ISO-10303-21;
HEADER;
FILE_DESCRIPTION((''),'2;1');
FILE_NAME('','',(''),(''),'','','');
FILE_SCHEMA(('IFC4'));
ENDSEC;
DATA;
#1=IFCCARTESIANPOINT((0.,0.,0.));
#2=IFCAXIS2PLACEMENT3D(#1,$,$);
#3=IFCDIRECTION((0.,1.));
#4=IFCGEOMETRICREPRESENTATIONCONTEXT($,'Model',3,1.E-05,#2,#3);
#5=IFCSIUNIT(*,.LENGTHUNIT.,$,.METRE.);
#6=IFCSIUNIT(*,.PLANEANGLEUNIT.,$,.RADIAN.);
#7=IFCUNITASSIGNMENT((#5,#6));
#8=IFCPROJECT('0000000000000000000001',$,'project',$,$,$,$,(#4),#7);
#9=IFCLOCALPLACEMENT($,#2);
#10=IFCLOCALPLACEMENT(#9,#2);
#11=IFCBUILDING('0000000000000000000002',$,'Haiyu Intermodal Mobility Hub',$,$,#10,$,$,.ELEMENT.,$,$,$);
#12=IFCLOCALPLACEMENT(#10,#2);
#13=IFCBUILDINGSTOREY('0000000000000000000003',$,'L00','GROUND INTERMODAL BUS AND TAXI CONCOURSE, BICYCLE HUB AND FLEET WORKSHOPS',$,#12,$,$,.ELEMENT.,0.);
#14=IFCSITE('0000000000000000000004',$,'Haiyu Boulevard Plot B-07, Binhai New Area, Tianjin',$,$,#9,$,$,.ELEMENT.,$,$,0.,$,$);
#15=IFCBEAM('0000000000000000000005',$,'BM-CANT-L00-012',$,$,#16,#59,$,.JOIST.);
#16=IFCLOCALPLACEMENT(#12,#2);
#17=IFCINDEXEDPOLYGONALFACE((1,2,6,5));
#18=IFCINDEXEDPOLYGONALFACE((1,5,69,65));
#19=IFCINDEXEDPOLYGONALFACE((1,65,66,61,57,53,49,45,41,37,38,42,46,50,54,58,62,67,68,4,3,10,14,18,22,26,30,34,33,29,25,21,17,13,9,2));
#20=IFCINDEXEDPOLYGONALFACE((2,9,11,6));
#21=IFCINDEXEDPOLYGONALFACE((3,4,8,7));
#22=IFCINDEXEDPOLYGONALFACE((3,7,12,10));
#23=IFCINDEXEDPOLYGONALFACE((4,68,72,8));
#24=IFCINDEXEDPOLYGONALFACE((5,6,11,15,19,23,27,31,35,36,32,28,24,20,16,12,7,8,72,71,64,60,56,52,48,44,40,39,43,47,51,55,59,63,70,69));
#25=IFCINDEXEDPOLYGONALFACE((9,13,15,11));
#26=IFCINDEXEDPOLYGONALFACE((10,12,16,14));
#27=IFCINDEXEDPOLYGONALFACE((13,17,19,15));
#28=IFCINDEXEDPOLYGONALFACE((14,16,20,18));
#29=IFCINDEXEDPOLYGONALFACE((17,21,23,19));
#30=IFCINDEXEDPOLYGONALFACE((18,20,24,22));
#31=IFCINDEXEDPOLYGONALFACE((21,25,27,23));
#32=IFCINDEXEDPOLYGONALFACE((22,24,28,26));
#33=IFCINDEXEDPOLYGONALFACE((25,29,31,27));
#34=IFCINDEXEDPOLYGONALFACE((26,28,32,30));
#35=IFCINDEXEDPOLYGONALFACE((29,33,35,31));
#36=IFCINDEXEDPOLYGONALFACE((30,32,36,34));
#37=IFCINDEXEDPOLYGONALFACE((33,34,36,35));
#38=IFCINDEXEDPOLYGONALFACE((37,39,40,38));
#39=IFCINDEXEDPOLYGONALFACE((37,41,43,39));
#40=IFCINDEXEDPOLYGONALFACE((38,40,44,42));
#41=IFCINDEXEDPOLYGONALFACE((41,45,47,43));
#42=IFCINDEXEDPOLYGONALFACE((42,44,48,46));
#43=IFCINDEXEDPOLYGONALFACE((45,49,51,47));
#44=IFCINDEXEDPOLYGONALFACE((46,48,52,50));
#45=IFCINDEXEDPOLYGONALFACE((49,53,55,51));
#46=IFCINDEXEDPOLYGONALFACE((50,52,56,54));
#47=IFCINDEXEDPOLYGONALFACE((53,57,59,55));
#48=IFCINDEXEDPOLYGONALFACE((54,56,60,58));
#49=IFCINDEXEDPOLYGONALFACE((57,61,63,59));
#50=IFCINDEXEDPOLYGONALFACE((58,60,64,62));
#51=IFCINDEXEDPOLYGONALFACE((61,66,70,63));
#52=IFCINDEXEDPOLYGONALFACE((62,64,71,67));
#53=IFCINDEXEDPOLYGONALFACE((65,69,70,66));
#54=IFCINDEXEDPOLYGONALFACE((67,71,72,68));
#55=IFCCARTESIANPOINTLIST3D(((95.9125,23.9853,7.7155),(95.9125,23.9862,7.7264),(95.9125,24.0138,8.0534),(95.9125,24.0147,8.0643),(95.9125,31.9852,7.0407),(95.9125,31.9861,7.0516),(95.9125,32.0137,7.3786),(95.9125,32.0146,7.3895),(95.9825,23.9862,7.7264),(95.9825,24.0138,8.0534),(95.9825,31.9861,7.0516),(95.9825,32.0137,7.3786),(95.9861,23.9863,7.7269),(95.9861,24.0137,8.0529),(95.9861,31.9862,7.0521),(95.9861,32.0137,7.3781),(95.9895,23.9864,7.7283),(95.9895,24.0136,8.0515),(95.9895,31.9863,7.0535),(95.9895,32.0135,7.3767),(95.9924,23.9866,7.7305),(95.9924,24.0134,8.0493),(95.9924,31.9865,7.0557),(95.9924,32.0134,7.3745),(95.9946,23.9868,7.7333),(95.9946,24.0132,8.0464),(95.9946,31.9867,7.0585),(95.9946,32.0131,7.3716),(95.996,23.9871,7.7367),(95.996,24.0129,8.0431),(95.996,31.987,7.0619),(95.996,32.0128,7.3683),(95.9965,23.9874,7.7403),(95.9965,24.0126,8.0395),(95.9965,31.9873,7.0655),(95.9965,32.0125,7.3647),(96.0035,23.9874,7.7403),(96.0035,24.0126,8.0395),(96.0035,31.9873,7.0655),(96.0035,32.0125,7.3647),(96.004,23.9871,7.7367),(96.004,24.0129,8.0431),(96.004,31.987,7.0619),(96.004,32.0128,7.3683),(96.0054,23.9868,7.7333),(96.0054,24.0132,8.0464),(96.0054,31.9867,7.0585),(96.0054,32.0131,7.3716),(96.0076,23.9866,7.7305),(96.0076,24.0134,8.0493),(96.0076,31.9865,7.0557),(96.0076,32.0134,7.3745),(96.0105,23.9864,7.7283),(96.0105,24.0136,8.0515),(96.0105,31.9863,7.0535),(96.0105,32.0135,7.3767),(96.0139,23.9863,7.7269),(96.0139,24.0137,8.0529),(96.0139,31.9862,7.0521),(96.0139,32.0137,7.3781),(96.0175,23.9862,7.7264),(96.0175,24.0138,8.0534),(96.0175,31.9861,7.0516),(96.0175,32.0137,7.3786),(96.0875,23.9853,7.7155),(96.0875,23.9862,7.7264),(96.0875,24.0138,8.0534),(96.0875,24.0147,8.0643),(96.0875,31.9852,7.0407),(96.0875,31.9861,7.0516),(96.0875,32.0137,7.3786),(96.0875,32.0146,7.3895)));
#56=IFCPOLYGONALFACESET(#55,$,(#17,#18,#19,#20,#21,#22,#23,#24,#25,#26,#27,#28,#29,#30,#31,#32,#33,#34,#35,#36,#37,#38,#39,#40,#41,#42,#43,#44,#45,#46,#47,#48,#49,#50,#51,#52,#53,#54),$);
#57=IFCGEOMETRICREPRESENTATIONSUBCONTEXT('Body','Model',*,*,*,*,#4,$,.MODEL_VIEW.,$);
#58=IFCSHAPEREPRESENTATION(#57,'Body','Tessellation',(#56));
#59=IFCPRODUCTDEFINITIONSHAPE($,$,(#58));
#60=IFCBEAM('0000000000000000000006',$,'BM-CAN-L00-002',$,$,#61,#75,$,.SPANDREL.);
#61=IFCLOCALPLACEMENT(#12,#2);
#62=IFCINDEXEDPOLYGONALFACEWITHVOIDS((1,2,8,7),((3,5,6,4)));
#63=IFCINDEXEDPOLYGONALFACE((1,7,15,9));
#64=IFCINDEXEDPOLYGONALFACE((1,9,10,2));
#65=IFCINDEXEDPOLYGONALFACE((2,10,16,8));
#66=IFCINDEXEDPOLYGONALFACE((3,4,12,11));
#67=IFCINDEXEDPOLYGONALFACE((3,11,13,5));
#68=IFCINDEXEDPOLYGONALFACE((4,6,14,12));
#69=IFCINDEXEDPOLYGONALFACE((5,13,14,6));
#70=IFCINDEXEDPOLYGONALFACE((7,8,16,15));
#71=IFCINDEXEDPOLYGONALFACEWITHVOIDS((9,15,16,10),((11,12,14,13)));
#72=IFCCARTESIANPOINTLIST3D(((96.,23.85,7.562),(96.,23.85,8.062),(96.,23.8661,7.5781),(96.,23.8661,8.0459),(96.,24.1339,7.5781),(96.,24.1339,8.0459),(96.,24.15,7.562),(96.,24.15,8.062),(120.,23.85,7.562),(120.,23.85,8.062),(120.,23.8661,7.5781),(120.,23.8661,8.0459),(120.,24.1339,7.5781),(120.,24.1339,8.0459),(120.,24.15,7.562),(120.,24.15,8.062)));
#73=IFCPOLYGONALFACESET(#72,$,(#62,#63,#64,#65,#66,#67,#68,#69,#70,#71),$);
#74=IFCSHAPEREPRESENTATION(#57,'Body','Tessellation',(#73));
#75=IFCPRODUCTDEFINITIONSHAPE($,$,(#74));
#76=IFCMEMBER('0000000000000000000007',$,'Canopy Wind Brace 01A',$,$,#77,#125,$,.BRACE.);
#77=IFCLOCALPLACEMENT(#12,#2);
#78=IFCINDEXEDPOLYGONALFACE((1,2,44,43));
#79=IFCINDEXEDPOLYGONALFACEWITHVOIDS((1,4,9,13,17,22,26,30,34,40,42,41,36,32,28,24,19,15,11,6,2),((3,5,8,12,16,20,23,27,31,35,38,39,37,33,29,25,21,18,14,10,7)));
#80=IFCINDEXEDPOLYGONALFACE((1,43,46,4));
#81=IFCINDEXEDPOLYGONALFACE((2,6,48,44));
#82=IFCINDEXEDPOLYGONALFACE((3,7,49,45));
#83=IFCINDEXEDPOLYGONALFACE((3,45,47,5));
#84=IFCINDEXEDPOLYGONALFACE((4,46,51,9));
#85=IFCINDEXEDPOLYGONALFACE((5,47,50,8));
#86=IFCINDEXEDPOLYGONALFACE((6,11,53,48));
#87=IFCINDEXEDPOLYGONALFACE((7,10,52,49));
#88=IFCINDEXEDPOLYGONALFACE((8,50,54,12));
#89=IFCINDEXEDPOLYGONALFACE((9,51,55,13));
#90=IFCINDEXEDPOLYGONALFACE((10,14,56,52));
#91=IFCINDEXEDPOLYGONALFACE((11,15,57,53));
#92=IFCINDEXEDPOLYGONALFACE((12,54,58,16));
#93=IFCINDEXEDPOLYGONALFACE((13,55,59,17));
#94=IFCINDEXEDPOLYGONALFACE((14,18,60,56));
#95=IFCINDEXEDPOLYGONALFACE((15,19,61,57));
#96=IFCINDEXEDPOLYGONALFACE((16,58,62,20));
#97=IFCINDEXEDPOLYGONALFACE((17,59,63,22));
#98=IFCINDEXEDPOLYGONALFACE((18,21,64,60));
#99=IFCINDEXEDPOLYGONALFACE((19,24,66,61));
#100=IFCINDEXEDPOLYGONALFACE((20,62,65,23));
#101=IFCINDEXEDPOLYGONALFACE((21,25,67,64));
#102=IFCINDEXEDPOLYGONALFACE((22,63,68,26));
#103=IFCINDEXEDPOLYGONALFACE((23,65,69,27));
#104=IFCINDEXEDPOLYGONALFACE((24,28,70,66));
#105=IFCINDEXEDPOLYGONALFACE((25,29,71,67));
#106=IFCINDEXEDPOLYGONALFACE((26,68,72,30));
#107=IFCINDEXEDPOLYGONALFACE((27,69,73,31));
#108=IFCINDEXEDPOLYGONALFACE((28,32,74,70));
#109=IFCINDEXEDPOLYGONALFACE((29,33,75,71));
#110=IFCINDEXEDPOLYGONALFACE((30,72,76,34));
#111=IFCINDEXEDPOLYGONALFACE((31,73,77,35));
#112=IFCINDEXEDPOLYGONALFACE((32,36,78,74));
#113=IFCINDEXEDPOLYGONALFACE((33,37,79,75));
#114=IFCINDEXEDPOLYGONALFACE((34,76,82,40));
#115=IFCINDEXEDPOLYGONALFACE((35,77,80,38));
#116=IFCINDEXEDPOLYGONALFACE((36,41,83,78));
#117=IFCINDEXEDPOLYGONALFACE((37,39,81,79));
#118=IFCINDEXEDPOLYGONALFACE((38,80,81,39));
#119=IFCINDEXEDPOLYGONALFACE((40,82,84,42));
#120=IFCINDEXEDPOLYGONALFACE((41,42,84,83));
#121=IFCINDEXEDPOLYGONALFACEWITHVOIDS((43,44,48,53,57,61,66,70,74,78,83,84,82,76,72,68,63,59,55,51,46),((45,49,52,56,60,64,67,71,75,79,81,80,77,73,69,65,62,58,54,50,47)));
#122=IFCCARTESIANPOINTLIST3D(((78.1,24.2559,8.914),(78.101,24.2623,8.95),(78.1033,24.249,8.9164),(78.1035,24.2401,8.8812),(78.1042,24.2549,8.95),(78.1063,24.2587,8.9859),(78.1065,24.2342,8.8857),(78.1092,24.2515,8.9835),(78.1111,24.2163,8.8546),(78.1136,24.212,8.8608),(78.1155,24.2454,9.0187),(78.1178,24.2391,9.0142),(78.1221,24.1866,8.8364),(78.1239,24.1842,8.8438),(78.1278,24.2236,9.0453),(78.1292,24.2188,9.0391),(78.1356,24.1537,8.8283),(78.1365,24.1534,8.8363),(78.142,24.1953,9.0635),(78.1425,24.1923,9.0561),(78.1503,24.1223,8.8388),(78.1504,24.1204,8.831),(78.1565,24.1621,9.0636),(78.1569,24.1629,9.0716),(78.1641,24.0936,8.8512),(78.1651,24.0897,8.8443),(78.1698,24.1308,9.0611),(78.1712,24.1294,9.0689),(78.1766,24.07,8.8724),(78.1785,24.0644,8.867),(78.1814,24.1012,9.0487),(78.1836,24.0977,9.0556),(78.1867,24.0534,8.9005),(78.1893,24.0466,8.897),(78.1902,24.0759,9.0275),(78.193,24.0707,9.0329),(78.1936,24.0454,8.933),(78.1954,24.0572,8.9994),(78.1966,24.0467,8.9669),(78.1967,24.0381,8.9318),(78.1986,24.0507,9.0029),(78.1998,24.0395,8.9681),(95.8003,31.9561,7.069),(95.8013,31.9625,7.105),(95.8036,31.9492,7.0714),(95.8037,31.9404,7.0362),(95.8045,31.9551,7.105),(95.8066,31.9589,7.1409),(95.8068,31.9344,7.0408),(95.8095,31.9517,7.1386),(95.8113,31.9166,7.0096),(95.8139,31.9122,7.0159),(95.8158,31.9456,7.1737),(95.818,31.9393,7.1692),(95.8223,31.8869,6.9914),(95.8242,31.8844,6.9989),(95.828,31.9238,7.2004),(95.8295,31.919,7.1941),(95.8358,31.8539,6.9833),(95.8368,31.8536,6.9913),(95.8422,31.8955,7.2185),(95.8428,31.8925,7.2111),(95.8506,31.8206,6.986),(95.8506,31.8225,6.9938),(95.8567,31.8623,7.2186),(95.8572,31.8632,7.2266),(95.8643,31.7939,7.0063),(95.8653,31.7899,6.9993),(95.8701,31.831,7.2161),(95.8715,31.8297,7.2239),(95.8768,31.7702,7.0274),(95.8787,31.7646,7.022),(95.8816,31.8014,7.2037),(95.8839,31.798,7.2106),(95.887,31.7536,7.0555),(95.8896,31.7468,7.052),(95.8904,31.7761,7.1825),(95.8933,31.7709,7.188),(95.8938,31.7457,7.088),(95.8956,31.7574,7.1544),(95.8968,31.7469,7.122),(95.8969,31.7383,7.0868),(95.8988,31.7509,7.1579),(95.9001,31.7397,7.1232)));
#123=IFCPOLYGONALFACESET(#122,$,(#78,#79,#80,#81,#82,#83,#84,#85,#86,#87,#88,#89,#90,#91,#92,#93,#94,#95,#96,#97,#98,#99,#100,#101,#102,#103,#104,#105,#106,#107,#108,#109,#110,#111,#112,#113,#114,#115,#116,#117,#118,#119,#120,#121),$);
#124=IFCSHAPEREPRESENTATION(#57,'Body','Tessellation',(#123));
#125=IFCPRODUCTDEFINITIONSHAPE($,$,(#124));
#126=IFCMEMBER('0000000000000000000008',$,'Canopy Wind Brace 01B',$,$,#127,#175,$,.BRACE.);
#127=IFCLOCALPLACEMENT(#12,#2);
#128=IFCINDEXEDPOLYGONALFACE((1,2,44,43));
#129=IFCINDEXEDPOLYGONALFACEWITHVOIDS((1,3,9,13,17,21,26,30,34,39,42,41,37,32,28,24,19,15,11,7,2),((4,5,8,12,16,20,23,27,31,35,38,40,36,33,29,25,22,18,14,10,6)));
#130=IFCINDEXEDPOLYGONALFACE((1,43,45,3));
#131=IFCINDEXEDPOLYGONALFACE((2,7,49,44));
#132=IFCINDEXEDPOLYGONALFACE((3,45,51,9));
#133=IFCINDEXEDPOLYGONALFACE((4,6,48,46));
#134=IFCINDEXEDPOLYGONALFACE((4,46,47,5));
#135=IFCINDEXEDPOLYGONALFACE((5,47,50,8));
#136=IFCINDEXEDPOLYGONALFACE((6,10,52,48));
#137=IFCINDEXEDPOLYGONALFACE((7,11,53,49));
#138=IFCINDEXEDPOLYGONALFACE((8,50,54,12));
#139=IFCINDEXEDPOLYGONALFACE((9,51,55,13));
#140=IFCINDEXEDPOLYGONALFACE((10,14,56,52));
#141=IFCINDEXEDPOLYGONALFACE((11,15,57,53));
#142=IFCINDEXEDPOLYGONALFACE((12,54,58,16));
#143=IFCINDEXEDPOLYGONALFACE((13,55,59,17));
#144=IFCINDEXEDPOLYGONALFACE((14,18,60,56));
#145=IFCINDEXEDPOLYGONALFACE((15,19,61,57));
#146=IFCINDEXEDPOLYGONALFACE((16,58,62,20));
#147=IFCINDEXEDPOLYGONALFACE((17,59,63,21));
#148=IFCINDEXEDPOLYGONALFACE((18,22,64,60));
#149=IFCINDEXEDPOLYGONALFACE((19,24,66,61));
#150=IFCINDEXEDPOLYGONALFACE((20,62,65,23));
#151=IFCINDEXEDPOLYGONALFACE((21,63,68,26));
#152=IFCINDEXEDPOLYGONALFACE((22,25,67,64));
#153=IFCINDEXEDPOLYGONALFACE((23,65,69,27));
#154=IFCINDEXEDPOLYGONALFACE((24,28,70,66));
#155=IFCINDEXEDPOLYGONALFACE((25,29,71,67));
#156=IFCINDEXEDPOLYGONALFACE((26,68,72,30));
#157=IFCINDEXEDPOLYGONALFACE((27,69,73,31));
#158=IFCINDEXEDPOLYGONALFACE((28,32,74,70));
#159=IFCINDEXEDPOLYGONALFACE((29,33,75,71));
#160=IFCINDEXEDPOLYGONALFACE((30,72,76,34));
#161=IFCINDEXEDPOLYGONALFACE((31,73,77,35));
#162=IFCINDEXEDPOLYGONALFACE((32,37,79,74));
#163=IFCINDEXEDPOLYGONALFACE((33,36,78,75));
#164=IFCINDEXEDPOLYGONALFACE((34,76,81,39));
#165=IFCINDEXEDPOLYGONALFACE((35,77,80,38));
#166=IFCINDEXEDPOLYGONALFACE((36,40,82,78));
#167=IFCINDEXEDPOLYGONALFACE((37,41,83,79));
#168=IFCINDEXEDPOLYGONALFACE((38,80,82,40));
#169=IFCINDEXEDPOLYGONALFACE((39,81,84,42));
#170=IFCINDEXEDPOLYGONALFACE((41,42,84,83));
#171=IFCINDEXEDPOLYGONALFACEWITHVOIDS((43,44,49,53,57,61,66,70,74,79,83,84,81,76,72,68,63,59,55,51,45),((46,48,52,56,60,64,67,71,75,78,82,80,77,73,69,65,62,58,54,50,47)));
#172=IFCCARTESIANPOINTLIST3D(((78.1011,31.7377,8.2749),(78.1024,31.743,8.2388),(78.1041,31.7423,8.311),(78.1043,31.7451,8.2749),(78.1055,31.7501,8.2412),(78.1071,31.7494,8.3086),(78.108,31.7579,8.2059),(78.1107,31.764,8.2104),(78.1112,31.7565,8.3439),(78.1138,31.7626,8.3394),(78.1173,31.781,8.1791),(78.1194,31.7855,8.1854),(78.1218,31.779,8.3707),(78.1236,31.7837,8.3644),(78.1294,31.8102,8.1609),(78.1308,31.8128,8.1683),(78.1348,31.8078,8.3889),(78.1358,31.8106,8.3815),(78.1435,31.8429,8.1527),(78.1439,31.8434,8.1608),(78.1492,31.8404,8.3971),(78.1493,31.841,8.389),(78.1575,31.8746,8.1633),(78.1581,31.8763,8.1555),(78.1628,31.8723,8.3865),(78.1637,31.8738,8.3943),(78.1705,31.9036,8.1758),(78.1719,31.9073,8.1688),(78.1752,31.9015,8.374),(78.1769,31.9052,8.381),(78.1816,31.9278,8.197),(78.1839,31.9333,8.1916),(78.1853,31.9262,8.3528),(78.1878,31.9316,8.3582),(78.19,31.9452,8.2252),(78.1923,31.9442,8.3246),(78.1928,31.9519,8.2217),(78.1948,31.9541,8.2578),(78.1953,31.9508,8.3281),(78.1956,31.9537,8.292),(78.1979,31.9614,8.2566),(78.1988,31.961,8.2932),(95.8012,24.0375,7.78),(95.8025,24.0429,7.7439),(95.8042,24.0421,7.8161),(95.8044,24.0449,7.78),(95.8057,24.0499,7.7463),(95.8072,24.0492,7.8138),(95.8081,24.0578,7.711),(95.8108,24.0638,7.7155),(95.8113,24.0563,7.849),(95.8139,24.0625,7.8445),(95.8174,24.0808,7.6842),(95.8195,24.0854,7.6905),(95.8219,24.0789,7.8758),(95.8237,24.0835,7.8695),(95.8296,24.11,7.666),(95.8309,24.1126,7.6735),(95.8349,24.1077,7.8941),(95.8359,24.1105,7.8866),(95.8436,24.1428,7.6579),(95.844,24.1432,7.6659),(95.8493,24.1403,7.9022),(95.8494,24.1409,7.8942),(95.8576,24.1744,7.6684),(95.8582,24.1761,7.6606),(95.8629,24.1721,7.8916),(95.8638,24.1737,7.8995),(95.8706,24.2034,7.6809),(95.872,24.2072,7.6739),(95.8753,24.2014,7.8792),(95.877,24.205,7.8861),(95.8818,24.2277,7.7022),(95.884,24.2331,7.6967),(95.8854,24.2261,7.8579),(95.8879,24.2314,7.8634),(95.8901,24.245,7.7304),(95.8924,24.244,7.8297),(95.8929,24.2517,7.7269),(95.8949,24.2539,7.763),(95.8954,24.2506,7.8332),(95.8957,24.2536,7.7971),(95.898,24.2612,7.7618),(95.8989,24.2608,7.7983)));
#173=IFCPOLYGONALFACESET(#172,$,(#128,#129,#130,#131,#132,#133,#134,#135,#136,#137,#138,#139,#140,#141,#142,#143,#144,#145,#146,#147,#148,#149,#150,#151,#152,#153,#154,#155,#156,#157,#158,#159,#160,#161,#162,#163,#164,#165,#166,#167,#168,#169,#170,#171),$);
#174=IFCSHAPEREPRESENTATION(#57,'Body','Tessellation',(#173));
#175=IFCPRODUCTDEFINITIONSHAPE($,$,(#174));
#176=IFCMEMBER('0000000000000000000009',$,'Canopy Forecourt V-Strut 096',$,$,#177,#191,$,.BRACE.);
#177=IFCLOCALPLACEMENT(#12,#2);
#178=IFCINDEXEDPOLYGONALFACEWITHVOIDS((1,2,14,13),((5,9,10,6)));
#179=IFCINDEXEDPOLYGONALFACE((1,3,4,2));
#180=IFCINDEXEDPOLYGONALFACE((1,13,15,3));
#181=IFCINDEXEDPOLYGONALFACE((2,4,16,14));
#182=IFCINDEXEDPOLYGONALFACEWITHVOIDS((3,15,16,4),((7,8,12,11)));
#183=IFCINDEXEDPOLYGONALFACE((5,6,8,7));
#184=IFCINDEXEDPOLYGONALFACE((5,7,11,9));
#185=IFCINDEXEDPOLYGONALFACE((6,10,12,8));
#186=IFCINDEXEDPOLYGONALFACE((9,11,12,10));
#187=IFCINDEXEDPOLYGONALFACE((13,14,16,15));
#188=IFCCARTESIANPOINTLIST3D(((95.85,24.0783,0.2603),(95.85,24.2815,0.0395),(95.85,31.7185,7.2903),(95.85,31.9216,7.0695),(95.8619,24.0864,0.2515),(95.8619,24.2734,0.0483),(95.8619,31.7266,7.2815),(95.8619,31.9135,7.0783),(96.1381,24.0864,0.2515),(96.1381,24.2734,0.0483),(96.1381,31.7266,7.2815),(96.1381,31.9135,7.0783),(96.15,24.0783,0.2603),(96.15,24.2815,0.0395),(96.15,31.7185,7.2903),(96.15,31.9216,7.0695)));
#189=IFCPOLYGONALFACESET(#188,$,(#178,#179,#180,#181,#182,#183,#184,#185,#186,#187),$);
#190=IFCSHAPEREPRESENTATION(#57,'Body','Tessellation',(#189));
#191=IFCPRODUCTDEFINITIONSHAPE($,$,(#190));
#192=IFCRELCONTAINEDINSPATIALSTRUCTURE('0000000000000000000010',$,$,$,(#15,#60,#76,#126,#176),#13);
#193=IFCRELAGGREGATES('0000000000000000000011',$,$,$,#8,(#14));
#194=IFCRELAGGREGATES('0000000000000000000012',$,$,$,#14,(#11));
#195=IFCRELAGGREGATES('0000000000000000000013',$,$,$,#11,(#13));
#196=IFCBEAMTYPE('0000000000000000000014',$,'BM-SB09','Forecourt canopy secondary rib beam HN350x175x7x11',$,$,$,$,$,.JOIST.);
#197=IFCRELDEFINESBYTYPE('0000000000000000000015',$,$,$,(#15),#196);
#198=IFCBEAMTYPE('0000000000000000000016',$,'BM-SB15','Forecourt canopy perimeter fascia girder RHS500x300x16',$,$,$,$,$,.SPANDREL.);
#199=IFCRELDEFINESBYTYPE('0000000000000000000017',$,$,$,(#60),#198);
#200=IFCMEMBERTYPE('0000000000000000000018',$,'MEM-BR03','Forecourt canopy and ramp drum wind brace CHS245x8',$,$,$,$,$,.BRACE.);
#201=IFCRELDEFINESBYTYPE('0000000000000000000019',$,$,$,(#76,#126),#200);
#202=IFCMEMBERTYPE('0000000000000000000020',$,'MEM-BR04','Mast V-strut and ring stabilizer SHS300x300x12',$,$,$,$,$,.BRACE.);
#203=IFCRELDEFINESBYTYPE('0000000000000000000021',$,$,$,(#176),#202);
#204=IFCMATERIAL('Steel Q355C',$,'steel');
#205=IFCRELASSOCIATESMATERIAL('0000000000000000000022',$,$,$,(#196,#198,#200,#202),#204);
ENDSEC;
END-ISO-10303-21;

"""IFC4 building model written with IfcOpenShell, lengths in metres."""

from ifc_helpers import new_model, si_unit, direction, frame, origin, origin_2d, place, context, subcontext, project, spatial, hollow_rectangle, hollow_circle, i_section, extrude, material, material_profile, profile_set, type_object, element, save


model = new_model("IFC4")

# Units and contexts
model_context = context("Model", 3, precision=1e-05, world=origin(), true_north=direction((0.0, 1.0)))
body_context = subcontext(model_context, "Body", "Model", "MODEL_VIEW")
ifc_project = project(units=[si_unit("LENGTHUNIT", "METRE"), si_unit("PLANEANGLEUNIT", "RADIAN")], contexts=[model_context])

# Site, building, storey
site_placement = place(None, origin())
site = spatial("IfcSite", under=ifc_project, at=site_placement, Name="Haiyu Boulevard Plot B-07, Binhai New Area, Tianjin", CompositionType="ELEMENT", RefElevation=0.0)
building_placement = place(site_placement, origin())
building = spatial("IfcBuilding", under=site, at=building_placement, Name="Haiyu Intermodal Mobility Hub", CompositionType="ELEMENT")
storey_placement = place(building_placement, origin())
storey = spatial("IfcBuildingStorey", under=building, at=storey_placement, Name="L00", Description="GROUND INTERMODAL BUS AND TAXI CONCOURSE, BICYCLE HUB AND FLEET WORKSHOPS", CompositionType="ELEMENT", Elevation=0.0)

# Shared definitions
ifc_material_1 = material(Name="Steel Q355C", Category="steel")

# Beams
ifc_material_profile_1 = material_profile(ifc_material_1, i_section(OverallWidth=0.175, OverallDepth=0.3501, WebThickness=0.0071, FlangeThickness=0.011, FilletRadius=0.0139, at=origin_2d()), Name="HN350x175x7x11")
ifc_profile_set_1 = profile_set([ifc_material_profile_1], Name="Steel Q355C")
beam_type_1 = type_object("IfcBeamType", Name="BM-SB09", Description="Forecourt canopy secondary rib beam HN350x175x7x11", PredefinedType="JOIST", material=ifc_profile_set_1)
beam_1_placement = place(storey_placement, frame((96.0, 24.0, 7.8899), z_axis=(0.0, 0.996461, -0.084052), x_axis=(-1.0, 0.0, 0.0)))
element("IfcBeam", 1, at=beam_1_placement, inside=storey, type_object=beam_type_1, Name="BM-CANT-L00-012", PredefinedType="JOIST", context=body_context, shape_type="SweptSolid", body=[
    extrude(i_section(OverallWidth=0.175, OverallDepth=0.3501, WebThickness=0.0071, FlangeThickness=0.011, FilletRadius=0.0139, at=origin_2d()), origin(), (0.0, 0.0, 1.0), 8.0283),
])
ifc_material_profile_2 = material_profile(ifc_material_1, hollow_rectangle(XDim=0.3, YDim=0.5, WallThickness=0.0161, at=origin_2d()), Name="RHS500x300x16")
ifc_profile_set_2 = profile_set([ifc_material_profile_2], Name="Steel Q355C")
beam_type_2 = type_object("IfcBeamType", Name="BM-SB15", Description="Forecourt canopy perimeter fascia girder RHS500x300x16", PredefinedType="SPANDREL", material=ifc_profile_set_2)
beam_2_placement = place(storey_placement, frame((96.0, 24.0, 7.812), z_axis=(1.0, 0.0, 0.0), x_axis=(0.0, 1.0, 0.0)))
element("IfcBeam", 2, at=beam_2_placement, inside=storey, type_object=beam_type_2, Name="BM-CAN-L00-002", PredefinedType="SPANDREL", context=body_context, shape_type="SweptSolid", body=[
    extrude(hollow_rectangle(XDim=0.3, YDim=0.5, WallThickness=0.0161, at=origin_2d()), origin(), (0.0, 0.0, 1.0), 24.0),
])

# Members
ifc_material_profile_3 = material_profile(ifc_material_1, hollow_circle(Radius=0.1226, WallThickness=0.0081, at=origin_2d()), Name="CHS245x8")
ifc_profile_set_3 = profile_set([ifc_material_profile_3], Name="Steel Q355C")
member_type_1 = type_object("IfcMemberType", Name="MEM-BR03", Description="Forecourt canopy and ramp drum wind brace CHS245x8", PredefinedType="BRACE", material=ifc_profile_set_3)
member_1_placement = place(storey_placement, frame((78.1499, 24.1499, 8.95), z_axis=(0.912825, 0.397111, -0.095148), x_axis=(-0.39892, 0.916986, 0.0)))
element("IfcMember", 3, at=member_1_placement, inside=storey, type_object=member_type_1, Name="Canopy Wind Brace 01A", PredefinedType="BRACE", context=body_context, shape_type="SweptSolid", body=[
    extrude(hollow_circle(Radius=0.1226, WallThickness=0.0081, at=origin_2d()), origin(), (0.0, 0.0, 1.0), 19.3906),
])
member_2_placement = place(storey_placement, frame((95.8501, 24.1499, 7.78), z_axis=(-0.916684, 0.398789, 0.025629), x_axis=(-0.39892, -0.916986, 0.0)))
element("IfcMember", 4, at=member_2_placement, inside=storey, type_object=member_type_1, Name="Canopy Wind Brace 01B", PredefinedType="BRACE", context=body_context, shape_type="SweptSolid", body=[
    extrude(hollow_circle(Radius=0.1226, WallThickness=0.0081, at=origin_2d()), origin(), (0.0, 0.0, 1.0), 19.3088),
])
ifc_material_profile_4 = material_profile(ifc_material_1, hollow_rectangle(XDim=0.3, YDim=0.3, WallThickness=0.012, at=origin_2d()), Name="SHS300x300x12")
ifc_profile_set_4 = profile_set([ifc_material_profile_4], Name="Steel Q355C")
member_type_2 = type_object("IfcMemberType", Name="MEM-BR04", Description="Mast V-strut and ring stabilizer SHS300x300x12", PredefinedType="BRACE", material=ifc_profile_set_4)
member_3_placement = place(storey_placement, frame((96.0, 24.1799, 0.1499), z_axis=(0.0, 0.735878, 0.677114), x_axis=(-1.0, 0.0, 0.0)))
element("IfcMember", 5, at=member_3_placement, inside=storey, type_object=member_type_2, Name="Canopy Forecourt V-Strut 096", PredefinedType="BRACE", context=body_context, shape_type="SweptSolid", body=[
    extrude(hollow_rectangle(XDim=0.3, YDim=0.3, WallThickness=0.012, at=origin_2d()), origin(), (0.0, 0.0, 1.0), 10.3823),
])

save(model, "model.ifc")
